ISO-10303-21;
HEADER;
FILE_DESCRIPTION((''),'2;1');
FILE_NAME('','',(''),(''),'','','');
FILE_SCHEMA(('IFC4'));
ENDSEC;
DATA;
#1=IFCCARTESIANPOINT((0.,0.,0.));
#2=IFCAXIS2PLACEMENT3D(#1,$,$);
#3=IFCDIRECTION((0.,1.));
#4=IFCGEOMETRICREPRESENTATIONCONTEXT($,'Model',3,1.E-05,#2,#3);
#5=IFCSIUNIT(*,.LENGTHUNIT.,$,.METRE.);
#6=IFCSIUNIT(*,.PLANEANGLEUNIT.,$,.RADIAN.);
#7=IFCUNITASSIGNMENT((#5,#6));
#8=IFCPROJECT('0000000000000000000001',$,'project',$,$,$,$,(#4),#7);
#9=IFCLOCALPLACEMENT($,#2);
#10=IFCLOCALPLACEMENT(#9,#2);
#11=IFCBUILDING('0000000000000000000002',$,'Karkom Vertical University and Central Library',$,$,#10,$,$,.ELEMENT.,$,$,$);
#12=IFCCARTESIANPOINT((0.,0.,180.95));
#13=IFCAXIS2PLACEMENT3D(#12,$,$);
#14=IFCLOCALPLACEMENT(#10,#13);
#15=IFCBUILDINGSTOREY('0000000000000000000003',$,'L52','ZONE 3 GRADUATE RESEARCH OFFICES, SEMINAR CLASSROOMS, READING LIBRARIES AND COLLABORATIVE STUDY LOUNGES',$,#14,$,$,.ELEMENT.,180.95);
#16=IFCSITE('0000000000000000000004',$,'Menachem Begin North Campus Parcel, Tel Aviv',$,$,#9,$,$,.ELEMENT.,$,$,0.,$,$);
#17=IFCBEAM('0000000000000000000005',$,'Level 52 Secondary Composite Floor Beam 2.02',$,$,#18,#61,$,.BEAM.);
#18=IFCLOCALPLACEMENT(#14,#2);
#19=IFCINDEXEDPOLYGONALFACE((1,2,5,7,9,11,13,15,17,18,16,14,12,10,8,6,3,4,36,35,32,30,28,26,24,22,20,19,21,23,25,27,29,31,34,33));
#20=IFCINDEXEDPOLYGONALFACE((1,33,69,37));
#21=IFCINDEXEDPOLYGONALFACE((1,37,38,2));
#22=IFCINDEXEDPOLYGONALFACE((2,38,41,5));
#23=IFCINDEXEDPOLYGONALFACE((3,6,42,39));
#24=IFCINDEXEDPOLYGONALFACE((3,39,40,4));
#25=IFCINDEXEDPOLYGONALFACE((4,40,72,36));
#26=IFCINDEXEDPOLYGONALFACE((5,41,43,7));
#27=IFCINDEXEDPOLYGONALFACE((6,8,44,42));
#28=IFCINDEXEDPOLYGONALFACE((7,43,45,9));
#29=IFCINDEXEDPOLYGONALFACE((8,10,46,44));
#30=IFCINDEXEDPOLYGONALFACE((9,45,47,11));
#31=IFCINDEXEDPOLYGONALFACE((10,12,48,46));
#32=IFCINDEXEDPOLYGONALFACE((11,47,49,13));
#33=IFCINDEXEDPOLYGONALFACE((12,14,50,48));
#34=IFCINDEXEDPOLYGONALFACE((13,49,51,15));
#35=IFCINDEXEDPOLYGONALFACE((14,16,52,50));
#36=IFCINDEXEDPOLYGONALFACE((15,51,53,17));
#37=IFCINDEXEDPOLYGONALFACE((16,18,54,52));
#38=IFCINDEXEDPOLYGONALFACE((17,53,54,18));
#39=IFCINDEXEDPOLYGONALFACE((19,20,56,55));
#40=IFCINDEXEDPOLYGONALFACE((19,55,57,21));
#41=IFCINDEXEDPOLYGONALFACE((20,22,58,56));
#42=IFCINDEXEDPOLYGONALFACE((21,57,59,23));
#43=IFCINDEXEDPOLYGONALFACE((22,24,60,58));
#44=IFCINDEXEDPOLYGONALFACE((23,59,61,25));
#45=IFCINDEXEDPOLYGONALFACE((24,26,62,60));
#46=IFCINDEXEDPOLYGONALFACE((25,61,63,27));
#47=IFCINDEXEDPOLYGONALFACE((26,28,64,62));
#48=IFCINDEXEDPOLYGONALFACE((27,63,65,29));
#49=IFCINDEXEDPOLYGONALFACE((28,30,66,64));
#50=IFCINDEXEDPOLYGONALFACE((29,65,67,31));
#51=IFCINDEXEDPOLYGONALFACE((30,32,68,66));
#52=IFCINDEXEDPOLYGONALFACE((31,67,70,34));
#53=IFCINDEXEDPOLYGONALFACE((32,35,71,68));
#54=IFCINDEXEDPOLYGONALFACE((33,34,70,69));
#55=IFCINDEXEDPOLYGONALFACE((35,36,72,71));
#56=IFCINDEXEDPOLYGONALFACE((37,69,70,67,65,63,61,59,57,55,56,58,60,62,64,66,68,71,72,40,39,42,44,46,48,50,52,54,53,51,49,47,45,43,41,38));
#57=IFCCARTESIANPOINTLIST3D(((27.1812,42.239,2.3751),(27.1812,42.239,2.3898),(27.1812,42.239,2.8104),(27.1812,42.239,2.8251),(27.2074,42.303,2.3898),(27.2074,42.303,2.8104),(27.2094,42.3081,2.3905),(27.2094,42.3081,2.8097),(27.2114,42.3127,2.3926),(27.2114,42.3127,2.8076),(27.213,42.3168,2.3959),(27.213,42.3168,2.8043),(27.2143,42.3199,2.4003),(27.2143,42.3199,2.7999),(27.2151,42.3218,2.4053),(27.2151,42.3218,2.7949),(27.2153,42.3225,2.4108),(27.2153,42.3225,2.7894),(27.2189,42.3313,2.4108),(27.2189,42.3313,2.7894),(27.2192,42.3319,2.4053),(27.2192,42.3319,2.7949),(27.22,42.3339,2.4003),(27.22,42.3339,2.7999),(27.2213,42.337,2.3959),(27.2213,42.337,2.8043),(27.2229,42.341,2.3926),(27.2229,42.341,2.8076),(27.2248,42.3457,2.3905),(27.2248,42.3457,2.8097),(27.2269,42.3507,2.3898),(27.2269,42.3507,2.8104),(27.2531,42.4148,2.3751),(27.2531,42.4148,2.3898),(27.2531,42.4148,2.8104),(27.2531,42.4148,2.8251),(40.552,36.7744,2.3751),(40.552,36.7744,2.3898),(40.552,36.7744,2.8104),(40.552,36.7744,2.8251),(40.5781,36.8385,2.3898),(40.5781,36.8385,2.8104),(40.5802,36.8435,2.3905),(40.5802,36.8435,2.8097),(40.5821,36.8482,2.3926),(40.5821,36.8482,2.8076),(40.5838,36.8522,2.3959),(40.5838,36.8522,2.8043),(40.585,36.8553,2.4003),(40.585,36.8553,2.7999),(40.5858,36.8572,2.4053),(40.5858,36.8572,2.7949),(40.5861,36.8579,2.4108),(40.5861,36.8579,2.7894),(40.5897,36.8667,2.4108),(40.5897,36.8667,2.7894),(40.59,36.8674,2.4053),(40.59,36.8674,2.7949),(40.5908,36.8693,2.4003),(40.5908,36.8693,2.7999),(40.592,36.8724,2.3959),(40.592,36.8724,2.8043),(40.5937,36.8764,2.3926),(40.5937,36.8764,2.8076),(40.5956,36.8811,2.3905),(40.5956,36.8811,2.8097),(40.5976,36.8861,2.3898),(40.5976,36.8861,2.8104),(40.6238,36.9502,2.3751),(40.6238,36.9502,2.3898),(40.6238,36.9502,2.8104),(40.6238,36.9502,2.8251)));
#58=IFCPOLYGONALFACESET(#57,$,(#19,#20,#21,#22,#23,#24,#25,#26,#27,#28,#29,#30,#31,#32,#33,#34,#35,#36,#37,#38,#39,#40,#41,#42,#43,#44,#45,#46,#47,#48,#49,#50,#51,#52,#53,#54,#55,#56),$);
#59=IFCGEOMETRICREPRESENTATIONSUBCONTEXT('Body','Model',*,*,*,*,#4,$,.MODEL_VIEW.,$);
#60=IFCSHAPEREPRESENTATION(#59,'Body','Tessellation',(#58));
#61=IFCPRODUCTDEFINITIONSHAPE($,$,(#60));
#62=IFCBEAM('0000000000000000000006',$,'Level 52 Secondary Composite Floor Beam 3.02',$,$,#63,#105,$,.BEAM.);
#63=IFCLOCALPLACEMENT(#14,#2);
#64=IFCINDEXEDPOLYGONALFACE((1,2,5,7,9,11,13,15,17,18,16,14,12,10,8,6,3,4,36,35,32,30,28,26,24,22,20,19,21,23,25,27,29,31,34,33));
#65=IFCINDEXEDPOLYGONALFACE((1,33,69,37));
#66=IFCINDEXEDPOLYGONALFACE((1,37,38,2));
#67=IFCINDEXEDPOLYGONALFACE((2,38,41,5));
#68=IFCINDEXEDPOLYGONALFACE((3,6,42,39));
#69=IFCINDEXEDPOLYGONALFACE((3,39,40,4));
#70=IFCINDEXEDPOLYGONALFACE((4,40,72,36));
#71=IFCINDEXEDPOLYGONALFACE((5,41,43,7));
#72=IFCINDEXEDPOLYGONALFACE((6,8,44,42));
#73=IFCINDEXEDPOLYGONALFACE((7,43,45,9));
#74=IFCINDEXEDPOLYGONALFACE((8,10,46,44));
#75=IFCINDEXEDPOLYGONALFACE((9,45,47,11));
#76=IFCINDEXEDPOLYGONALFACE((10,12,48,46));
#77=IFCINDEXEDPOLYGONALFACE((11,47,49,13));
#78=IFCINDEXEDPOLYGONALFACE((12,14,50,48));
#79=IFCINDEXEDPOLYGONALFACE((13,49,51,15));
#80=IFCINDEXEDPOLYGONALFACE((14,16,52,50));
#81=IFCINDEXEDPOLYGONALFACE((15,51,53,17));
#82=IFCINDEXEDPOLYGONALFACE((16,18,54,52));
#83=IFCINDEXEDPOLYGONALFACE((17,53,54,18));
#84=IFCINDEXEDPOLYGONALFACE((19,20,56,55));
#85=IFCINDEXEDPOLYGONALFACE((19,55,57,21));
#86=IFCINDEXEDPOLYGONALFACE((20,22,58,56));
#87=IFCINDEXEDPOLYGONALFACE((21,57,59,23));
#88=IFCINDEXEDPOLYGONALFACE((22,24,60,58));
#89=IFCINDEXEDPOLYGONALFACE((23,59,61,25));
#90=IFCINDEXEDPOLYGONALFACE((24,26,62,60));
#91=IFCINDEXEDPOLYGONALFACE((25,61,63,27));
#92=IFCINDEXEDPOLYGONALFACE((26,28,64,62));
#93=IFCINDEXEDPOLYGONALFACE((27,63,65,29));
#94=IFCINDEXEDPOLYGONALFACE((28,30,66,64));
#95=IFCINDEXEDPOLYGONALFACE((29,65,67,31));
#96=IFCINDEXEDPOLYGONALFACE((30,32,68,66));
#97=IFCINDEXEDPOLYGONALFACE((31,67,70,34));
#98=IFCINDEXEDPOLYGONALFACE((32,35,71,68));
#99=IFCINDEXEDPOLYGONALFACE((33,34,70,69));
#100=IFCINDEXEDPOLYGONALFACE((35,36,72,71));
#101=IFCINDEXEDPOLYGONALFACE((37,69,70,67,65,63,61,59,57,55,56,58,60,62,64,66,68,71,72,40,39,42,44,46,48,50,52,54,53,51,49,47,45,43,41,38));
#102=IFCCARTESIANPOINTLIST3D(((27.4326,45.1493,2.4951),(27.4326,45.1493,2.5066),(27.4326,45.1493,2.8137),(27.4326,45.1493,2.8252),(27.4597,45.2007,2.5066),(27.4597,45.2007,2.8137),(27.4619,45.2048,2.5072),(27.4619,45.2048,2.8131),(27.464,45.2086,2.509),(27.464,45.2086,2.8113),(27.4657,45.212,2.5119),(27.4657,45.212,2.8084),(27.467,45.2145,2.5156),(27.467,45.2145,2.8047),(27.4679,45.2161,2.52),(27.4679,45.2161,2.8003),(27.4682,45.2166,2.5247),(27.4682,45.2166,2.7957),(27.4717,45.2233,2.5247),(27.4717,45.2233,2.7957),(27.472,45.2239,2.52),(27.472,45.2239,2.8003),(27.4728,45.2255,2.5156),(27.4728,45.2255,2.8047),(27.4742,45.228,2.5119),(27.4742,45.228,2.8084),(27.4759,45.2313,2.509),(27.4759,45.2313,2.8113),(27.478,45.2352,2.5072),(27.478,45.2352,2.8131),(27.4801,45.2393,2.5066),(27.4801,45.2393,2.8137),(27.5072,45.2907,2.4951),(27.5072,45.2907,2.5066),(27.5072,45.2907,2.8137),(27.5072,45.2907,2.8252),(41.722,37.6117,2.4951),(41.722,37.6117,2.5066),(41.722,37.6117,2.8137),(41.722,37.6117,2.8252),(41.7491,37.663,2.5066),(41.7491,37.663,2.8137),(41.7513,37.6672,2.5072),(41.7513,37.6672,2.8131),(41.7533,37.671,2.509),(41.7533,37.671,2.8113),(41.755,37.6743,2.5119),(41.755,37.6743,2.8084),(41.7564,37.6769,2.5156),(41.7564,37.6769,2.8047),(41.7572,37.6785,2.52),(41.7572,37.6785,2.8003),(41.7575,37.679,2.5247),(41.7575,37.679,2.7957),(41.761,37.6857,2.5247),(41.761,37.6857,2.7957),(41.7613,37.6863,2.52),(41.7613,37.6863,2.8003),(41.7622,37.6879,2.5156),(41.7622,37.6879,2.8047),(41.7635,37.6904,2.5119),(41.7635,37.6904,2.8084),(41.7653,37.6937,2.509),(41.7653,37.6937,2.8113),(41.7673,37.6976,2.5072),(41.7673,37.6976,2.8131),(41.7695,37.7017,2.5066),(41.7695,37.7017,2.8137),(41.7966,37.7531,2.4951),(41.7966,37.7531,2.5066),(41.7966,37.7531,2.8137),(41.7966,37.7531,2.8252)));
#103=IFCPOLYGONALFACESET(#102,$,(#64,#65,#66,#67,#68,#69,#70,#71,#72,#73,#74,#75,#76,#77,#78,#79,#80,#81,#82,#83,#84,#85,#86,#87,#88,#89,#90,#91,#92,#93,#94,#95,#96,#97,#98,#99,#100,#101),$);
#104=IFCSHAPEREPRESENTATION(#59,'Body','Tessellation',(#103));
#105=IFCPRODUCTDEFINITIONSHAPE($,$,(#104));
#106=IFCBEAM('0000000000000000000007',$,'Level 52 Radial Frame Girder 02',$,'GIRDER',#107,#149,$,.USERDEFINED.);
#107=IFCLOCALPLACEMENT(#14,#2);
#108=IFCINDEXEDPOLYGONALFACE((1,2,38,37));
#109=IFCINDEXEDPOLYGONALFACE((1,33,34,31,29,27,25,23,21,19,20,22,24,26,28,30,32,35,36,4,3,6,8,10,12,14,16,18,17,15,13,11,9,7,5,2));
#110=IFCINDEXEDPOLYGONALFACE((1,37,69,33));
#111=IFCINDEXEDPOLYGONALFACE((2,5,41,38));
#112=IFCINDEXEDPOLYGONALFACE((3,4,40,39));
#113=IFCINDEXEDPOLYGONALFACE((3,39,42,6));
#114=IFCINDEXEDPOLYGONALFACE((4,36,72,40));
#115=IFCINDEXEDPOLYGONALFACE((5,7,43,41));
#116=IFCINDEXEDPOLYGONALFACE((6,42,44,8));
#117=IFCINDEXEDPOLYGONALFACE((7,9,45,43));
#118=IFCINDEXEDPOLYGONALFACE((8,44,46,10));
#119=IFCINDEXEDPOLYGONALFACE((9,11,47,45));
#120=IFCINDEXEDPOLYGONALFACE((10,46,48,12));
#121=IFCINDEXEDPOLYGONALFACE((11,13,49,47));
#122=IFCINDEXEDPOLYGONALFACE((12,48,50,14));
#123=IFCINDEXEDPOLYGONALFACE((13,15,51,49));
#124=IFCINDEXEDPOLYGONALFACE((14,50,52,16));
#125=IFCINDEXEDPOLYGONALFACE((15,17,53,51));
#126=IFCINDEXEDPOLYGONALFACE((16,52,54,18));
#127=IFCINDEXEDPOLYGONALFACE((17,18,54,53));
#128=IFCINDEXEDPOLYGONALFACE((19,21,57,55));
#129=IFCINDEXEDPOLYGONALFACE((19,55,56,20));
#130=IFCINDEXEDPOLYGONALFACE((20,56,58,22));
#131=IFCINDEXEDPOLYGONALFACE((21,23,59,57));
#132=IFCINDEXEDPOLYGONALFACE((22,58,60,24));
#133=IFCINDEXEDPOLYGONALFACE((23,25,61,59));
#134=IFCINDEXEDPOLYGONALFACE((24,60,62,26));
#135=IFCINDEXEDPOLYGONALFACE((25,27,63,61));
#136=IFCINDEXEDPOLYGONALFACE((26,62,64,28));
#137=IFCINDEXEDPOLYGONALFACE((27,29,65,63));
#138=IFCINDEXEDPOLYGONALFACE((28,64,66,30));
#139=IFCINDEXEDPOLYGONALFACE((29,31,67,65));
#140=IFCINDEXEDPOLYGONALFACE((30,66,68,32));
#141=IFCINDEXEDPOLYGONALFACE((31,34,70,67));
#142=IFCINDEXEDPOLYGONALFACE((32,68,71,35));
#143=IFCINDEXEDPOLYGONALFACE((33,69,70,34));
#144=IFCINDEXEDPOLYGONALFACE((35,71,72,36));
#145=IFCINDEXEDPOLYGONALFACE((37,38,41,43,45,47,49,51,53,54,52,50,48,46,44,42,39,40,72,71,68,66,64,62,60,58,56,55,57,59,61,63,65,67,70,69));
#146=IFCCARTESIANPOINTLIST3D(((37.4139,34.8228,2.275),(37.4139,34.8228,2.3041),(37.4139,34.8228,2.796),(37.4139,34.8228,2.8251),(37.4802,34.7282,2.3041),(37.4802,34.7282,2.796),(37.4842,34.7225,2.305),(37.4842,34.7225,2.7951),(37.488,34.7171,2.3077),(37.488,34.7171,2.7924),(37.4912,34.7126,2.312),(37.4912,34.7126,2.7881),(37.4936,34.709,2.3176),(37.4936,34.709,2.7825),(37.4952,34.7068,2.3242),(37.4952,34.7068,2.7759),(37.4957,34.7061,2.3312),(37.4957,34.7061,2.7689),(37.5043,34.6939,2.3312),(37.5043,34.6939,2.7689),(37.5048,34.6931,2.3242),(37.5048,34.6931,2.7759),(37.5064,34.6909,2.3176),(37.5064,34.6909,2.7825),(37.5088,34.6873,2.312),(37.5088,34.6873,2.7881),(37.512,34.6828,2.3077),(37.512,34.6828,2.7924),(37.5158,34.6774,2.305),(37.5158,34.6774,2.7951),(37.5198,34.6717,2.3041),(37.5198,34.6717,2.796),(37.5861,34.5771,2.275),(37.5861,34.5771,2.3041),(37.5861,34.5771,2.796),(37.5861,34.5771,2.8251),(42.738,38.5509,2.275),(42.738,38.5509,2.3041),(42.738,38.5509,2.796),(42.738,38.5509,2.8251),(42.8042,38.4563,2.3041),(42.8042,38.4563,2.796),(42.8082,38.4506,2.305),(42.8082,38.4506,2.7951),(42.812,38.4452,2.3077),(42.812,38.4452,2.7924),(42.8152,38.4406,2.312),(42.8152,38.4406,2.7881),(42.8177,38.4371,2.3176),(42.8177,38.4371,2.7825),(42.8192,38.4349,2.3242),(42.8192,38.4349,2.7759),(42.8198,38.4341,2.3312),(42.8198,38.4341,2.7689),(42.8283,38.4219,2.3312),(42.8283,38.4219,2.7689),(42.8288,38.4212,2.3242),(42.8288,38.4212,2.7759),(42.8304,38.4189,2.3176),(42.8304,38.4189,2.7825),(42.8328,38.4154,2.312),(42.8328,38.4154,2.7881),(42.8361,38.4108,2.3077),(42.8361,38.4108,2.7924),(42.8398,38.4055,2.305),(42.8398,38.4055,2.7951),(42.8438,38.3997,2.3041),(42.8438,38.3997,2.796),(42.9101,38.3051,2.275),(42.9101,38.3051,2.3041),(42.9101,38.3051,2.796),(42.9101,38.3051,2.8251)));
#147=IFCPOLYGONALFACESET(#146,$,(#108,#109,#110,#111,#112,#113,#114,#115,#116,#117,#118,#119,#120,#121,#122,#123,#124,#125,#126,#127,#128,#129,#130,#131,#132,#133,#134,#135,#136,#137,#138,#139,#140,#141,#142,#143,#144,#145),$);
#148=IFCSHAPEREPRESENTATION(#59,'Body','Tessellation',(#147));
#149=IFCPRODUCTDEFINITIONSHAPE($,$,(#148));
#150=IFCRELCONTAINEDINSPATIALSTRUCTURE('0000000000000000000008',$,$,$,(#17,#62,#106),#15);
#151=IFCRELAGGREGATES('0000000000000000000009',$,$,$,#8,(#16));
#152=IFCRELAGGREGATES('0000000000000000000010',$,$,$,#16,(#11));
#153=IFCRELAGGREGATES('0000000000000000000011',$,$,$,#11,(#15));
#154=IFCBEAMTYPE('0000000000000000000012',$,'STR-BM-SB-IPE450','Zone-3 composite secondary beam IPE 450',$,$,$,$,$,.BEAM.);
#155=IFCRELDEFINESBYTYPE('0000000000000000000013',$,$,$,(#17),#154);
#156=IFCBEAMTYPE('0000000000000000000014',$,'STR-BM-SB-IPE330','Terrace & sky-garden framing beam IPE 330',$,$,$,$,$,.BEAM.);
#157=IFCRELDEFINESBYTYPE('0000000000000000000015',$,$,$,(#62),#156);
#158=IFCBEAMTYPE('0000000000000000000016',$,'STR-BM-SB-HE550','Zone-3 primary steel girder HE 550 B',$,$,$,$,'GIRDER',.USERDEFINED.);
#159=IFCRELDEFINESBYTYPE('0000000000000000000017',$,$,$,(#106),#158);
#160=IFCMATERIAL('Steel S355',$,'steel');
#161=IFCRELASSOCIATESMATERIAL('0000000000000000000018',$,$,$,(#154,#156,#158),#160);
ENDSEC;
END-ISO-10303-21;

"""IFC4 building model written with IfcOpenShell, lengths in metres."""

from ifc_helpers import new_model, si_unit, direction, frame, origin, origin_with_axes, origin_2d, place, context, subcontext, project, spatial, i_section, extrude, source, transform, mapped, material, material_profile, profile_set, type_object, element, save


model = new_model("IFC4")

# Units and contexts
model_context = context("Model", 3, precision=1e-05, world=origin(), true_north=direction((0.0, 1.0)))
body_context = subcontext(model_context, "Body", "Model", "MODEL_VIEW")
ifc_project = project(units=[si_unit("LENGTHUNIT", "METRE"), si_unit("PLANEANGLEUNIT", "RADIAN")], contexts=[model_context])

# Site, building, storey
site_placement = place(None, origin())
site = spatial("IfcSite", under=ifc_project, at=site_placement, Name="Menachem Begin North Campus Parcel, Tel Aviv", CompositionType="ELEMENT", RefElevation=0.0)
building_placement = place(site_placement, origin())
building = spatial("IfcBuilding", under=site, at=building_placement, Name="Karkom Vertical University and Central Library", CompositionType="ELEMENT")
storey_placement = place(building_placement, frame((0.0, 0.0, 180.95)))
storey = spatial("IfcBuildingStorey", under=building, at=storey_placement, Name="L52", Description="ZONE 3 GRADUATE RESEARCH OFFICES, SEMINAR CLASSROOMS, READING LIBRARIES AND COLLABORATIVE STUDY LOUNGES", CompositionType="ELEMENT", Elevation=180.95)

# Beams
ifc_material_1 = material(Name="Steel S355", Category="steel")
ifc_material_profile_1 = material_profile(ifc_material_1, i_section(OverallWidth=0.1899, OverallDepth=0.45, WebThickness=0.0095, FlangeThickness=0.0146, FilletRadius=0.021, at=origin_2d()), Name="IPE 450")
ifc_profile_set_1 = profile_set([ifc_material_profile_1], Name="Steel S355")
beam_type_1 = type_object("IfcBeamType", Name="STR-BM-SB-IPE450", Description="Zone-3 composite secondary beam IPE 450", PredefinedType="BEAM", material=ifc_profile_set_1)
shared_shape_1 = source(origin_with_axes(), body_context, "Body", "SweptSolid", [
    extrude(i_section(OverallWidth=0.1899, OverallDepth=0.45, WebThickness=0.0095, FlangeThickness=0.0146, FilletRadius=0.021, at=origin_2d()), origin(), (0.0, 0.0, 1.0), 14.4443),
])
beam_1_placement = place(storey_placement, frame((40.5879, 36.8623, 2.6001), z_axis=(-0.925675, 0.378319, 0.0), x_axis=(-0.378319, -0.925675, 0.0)))
element("IfcBeam", 1, at=beam_1_placement, inside=storey, type_object=beam_type_1, Name="Level 52 Secondary Composite Floor Beam 2.02", PredefinedType="BEAM", context=body_context, shape_type="MappedRepresentation", body=[
    mapped(shared_shape_1, transform((0.0, 0.0, 0.0), scale=1.0)),
])
ifc_material_profile_2 = material_profile(ifc_material_1, i_section(OverallWidth=0.1599, OverallDepth=0.3301, WebThickness=0.0076, FlangeThickness=0.0115, FilletRadius=0.0181, at=origin_2d()), Name="IPE 330")
ifc_profile_set_2 = profile_set([ifc_material_profile_2], Name="Steel S355")
beam_type_2 = type_object("IfcBeamType", Name="STR-BM-SB-IPE330", Description="Terrace & sky-garden framing beam IPE 330", PredefinedType="BEAM", material=ifc_profile_set_2)
shared_shape_2 = source(origin_with_axes(), body_context, "Body", "SweptSolid", [
    extrude(i_section(OverallWidth=0.1599, OverallDepth=0.3301, WebThickness=0.0076, FlangeThickness=0.0115, FilletRadius=0.0181, at=origin_2d()), origin(), (0.0, 0.0, 1.0), 16.1555),
])
beam_2_placement = place(storey_placement, frame((41.7593, 37.6824, 2.6602), z_axis=(-0.884486, 0.466566, 0.0), x_axis=(-0.466566, -0.884486, 0.0)))
element("IfcBeam", 2, at=beam_2_placement, inside=storey, type_object=beam_type_2, Name="Level 52 Secondary Composite Floor Beam 3.02", PredefinedType="BEAM", context=body_context, shape_type="MappedRepresentation", body=[
    mapped(shared_shape_2, transform((0.0, 0.0, 0.0), scale=1.0)),
])
ifc_material_profile_3 = material_profile(ifc_material_1, i_section(OverallWidth=0.3, OverallDepth=0.55, WebThickness=0.0149, FlangeThickness=0.0291, FilletRadius=0.0271, at=origin_2d()), Name="HE 550 B")
ifc_profile_set_3 = profile_set([ifc_material_profile_3], Name="Steel S355")
beam_type_3 = type_object("IfcBeamType", Name="STR-BM-SB-HE550", Description="Zone-3 primary steel girder HE 550 B", ElementType="GIRDER", PredefinedType="USERDEFINED", material=ifc_profile_set_3)
shared_shape_3 = source(origin_with_axes(), body_context, "Body", "SweptSolid", [
    extrude(i_section(OverallWidth=0.3, OverallDepth=0.55, WebThickness=0.0149, FlangeThickness=0.0291, FilletRadius=0.0271, at=origin_2d()), origin(), (0.0, 0.0, 1.0), 6.4995),
])
beam_3_placement = place(storey_placement, frame((37.5, 34.7, 2.55), z_axis=(0.819142, 0.573591, 0.0), x_axis=(-0.573591, 0.819142, 0.0)))
element("IfcBeam", 3, at=beam_3_placement, inside=storey, type_object=beam_type_3, Name="Level 52 Radial Frame Girder 02", ObjectType="GIRDER", PredefinedType="USERDEFINED", context=body_context, shape_type="MappedRepresentation", body=[
    mapped(shared_shape_3, transform((0.0, 0.0, 0.0), scale=1.0)),
])

save(model, "model.ifc")
